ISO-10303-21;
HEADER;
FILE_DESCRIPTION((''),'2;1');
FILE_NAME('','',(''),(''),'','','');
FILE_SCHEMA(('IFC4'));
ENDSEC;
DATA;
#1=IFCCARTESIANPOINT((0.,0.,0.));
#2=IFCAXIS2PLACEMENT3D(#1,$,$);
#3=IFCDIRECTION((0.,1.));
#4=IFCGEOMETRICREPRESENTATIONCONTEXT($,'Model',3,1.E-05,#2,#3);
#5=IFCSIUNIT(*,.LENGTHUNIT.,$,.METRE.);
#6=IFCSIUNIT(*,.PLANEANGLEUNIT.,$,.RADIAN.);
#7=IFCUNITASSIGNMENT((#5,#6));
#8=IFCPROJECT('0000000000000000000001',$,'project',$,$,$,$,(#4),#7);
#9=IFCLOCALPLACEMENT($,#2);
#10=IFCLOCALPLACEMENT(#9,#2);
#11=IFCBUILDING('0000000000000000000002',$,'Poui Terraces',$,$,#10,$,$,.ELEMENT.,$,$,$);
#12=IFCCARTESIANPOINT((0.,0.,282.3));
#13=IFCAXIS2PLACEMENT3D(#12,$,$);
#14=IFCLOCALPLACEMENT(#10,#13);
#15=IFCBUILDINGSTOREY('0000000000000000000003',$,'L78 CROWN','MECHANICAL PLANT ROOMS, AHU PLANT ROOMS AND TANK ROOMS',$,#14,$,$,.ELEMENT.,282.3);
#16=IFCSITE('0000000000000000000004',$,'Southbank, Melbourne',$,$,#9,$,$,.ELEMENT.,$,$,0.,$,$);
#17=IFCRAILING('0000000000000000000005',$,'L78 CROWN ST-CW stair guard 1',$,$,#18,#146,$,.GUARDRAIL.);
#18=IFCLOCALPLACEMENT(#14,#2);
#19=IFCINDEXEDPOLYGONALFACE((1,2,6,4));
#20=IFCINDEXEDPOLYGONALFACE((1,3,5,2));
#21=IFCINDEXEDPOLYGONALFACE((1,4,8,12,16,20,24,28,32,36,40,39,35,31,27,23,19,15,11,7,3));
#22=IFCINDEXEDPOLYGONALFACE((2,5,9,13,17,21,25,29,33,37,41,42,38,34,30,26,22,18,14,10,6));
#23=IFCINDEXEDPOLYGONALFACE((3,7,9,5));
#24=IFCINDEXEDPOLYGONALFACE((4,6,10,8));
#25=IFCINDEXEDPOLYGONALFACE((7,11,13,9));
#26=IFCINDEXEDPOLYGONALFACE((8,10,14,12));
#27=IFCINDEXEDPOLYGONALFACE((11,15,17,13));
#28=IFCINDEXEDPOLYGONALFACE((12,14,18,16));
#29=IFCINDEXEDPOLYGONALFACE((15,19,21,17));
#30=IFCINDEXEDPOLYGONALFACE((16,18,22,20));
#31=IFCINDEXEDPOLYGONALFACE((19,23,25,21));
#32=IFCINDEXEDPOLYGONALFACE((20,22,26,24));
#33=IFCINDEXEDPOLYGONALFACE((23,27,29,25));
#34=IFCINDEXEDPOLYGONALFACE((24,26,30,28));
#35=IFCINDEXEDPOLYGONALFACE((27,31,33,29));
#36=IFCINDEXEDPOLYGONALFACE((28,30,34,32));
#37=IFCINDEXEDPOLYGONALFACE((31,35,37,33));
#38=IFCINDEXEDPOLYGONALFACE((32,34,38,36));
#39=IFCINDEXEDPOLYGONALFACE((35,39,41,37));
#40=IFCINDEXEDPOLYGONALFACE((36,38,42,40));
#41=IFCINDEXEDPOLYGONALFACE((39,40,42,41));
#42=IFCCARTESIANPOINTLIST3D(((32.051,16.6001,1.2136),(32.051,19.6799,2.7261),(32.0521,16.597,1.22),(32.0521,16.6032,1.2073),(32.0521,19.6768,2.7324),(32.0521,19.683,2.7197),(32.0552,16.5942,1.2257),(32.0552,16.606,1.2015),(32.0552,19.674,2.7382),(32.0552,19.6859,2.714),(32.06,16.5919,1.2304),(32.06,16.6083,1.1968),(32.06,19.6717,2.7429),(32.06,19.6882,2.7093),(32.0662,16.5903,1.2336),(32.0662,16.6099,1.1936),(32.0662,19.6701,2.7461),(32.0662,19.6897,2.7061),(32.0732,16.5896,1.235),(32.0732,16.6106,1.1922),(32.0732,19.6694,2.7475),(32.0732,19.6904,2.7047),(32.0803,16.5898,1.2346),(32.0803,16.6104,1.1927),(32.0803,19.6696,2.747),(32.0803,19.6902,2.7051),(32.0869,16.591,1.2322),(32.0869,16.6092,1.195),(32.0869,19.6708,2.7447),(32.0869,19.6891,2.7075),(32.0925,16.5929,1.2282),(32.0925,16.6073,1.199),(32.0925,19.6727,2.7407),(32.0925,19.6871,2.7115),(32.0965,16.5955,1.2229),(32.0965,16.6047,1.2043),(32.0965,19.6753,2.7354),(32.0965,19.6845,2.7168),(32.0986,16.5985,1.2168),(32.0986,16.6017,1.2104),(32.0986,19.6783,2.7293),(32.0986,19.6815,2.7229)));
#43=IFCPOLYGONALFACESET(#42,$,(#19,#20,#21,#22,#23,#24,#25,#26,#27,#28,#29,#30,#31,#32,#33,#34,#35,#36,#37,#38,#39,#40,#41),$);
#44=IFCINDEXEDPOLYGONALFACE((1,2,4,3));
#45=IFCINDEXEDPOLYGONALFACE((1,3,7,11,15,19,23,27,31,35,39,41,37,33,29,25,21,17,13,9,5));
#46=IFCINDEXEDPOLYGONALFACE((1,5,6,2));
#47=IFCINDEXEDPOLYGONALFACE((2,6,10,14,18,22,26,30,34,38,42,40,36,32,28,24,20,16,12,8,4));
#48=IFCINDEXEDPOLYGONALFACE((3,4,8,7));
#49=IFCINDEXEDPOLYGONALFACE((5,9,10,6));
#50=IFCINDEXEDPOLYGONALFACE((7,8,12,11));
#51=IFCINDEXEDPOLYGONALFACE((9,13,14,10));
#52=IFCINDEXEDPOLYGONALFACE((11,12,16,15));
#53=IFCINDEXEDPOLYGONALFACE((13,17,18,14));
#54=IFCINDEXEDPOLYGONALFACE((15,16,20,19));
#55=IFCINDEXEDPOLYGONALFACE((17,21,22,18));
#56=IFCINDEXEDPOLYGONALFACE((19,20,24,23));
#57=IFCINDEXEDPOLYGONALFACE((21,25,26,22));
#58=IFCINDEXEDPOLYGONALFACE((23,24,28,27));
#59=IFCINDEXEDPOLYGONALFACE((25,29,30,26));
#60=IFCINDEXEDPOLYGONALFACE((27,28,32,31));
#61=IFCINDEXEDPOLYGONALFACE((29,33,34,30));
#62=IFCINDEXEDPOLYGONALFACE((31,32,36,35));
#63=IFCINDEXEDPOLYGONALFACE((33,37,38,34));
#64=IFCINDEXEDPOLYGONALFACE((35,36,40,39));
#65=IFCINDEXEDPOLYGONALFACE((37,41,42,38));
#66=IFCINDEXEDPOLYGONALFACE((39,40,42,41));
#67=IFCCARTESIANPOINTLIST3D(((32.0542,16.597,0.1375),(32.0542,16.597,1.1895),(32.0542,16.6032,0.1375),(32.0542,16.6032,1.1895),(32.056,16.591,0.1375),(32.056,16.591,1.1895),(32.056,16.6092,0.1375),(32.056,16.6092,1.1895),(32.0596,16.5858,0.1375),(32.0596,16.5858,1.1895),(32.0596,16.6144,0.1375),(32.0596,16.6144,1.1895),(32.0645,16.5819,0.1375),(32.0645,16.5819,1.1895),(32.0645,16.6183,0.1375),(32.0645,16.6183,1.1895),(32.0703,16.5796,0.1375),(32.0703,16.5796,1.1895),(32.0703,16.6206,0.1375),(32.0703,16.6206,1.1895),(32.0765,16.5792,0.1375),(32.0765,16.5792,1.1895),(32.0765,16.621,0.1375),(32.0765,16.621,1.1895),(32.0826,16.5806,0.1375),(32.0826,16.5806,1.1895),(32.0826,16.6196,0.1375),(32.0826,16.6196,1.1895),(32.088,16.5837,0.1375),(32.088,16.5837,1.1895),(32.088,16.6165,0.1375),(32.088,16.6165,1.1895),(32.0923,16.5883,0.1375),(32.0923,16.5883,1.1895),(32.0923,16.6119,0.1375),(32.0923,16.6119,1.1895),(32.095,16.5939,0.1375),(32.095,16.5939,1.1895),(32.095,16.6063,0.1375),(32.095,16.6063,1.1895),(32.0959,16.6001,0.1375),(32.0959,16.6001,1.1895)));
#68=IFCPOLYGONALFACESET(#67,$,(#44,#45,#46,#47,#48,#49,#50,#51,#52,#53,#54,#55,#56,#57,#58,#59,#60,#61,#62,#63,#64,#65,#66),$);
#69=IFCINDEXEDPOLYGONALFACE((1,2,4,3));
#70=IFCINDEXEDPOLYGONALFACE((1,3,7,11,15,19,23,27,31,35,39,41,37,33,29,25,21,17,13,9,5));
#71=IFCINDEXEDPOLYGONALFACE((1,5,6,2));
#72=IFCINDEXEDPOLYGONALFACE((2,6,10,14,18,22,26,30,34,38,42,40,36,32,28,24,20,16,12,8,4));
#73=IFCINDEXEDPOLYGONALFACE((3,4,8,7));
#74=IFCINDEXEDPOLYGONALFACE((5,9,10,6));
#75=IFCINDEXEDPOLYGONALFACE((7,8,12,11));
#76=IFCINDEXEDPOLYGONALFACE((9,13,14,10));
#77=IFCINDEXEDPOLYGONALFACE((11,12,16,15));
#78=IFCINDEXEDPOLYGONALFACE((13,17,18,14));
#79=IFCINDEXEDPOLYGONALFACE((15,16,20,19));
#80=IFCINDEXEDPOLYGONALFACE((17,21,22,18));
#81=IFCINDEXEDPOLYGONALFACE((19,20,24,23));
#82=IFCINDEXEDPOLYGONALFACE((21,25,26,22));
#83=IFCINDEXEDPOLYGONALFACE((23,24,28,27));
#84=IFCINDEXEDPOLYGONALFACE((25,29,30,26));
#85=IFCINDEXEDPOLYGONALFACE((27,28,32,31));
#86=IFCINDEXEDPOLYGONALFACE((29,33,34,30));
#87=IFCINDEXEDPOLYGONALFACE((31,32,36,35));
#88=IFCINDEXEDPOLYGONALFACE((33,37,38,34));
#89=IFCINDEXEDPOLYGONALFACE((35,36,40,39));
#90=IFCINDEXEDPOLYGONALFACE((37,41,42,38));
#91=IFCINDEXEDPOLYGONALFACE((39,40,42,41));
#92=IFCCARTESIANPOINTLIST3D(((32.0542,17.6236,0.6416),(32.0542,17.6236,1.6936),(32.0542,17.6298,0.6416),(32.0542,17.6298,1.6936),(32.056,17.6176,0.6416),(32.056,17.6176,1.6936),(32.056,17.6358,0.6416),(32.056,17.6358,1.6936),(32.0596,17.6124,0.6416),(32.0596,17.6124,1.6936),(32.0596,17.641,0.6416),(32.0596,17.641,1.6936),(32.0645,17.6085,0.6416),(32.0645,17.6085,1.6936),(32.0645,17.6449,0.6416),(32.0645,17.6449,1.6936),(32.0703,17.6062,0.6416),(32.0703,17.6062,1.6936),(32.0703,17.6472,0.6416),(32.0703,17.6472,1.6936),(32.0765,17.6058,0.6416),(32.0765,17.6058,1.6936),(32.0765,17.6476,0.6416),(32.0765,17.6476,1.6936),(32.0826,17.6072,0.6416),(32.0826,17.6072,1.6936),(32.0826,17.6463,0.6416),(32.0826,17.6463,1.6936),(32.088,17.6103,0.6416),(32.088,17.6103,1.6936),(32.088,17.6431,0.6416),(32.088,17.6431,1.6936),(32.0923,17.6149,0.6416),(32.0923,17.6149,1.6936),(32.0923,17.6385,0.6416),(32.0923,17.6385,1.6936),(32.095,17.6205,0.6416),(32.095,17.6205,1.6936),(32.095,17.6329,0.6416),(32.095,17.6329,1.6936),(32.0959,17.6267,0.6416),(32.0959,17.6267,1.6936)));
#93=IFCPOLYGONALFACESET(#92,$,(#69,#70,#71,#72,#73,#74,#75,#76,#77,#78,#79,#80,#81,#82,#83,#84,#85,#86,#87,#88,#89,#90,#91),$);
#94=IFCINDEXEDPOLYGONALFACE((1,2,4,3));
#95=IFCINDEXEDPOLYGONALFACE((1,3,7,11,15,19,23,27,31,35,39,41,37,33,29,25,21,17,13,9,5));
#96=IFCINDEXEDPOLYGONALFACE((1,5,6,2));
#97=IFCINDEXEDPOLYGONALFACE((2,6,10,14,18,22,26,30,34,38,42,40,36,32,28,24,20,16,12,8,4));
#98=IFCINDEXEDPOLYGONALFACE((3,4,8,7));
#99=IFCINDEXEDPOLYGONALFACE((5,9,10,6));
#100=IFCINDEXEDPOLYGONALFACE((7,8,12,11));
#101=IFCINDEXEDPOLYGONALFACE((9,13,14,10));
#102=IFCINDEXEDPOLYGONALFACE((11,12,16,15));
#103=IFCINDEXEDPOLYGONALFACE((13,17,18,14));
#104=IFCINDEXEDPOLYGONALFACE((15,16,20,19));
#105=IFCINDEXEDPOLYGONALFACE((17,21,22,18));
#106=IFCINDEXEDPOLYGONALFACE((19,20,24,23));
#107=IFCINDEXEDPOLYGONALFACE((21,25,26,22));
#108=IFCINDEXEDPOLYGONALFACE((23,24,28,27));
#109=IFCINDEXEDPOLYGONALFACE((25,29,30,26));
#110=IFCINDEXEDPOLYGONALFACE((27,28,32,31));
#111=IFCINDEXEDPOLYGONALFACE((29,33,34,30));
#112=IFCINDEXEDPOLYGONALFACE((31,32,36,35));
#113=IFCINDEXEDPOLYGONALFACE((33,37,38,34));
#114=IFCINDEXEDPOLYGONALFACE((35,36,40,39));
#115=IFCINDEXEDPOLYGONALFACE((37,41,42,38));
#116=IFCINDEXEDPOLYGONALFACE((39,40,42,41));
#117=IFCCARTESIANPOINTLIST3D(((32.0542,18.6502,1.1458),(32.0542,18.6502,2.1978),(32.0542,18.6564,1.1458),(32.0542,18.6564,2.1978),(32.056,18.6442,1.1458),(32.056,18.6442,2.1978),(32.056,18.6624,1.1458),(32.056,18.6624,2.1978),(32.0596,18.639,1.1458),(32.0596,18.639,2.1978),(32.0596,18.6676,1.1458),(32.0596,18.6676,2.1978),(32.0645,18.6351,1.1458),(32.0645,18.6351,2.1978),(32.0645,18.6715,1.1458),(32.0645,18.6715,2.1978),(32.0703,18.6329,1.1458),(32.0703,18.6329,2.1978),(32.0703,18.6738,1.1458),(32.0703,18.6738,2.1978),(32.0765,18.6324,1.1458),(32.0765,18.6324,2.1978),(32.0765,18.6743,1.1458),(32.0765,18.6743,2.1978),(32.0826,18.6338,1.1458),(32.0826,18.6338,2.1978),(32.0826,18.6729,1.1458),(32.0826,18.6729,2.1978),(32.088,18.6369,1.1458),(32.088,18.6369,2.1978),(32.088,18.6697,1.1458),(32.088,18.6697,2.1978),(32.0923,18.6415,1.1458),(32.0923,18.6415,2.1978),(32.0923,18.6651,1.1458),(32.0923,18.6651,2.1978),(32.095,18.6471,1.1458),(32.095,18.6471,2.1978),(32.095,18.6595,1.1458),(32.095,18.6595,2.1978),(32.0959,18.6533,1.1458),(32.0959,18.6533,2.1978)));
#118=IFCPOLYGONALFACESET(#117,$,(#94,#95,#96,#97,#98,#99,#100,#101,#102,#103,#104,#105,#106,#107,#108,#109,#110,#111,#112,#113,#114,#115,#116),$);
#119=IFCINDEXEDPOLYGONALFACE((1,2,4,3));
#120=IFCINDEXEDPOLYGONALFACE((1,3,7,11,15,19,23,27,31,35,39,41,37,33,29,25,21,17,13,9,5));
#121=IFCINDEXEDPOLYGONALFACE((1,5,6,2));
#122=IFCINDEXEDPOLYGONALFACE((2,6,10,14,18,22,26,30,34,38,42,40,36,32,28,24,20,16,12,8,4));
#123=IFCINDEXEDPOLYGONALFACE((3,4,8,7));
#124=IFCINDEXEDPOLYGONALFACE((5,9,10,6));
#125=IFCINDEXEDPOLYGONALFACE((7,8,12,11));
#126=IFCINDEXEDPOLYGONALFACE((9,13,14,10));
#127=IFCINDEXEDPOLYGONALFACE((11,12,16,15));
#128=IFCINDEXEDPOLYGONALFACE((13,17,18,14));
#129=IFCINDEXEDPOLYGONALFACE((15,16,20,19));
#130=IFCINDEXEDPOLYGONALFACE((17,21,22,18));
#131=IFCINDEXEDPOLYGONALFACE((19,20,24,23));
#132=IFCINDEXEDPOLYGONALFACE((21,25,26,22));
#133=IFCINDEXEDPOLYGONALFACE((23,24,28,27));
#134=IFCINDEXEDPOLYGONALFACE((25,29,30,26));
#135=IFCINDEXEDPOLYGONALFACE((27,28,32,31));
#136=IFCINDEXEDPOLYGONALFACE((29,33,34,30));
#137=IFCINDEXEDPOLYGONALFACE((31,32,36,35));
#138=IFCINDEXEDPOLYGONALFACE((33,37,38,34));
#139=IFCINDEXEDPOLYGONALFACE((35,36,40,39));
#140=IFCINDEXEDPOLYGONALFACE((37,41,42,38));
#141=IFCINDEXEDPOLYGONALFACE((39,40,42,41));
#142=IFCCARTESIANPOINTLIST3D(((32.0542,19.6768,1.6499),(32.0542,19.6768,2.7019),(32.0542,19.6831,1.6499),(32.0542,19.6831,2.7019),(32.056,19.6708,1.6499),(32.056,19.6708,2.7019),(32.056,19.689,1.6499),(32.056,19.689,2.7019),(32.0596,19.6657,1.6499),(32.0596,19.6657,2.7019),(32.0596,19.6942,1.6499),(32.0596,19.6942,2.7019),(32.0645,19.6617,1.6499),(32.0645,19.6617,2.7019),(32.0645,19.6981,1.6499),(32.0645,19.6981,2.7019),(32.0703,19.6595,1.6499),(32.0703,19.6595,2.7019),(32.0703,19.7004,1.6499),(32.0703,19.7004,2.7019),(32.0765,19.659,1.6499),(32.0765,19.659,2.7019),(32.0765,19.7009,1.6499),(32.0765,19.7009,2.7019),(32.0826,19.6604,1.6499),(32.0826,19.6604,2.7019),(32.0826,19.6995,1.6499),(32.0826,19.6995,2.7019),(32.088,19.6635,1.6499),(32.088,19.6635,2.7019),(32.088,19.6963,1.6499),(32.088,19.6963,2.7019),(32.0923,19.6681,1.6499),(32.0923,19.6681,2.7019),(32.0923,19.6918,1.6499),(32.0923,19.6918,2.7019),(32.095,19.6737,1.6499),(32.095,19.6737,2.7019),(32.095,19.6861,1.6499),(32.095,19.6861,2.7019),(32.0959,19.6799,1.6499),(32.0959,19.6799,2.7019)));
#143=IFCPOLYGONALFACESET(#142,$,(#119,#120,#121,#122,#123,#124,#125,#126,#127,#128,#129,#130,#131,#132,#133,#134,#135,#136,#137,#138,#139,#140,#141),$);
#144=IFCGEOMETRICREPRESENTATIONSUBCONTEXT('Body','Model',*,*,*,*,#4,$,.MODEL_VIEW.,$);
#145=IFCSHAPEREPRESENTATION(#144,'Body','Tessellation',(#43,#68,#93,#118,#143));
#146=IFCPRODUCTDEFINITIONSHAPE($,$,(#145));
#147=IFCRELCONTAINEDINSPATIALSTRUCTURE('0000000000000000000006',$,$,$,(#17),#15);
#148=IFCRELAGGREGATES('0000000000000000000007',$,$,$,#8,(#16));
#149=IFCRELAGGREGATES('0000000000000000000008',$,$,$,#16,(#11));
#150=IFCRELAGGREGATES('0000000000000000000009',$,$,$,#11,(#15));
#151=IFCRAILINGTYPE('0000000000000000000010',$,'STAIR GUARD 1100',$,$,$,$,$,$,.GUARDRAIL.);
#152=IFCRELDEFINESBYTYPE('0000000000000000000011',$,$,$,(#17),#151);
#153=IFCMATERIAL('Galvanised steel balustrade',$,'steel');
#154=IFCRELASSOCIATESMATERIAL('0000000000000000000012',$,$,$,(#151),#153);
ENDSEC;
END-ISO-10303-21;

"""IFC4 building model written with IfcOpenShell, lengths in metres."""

from ifc_helpers import new_model, si_unit, direction, frame, origin, origin_2d, place, context, subcontext, project, spatial, circle, extrude, material, type_object, element, save


model = new_model("IFC4")

# Units and contexts
model_context = context("Model", 3, precision=1e-05, world=origin(), true_north=direction((0.0, 1.0)))
body_context = subcontext(model_context, "Body", "Model", "MODEL_VIEW")
ifc_project = project(units=[si_unit("LENGTHUNIT", "METRE"), si_unit("PLANEANGLEUNIT", "RADIAN")], contexts=[model_context])

# Site, building, storey
site_placement = place(None, origin())
site = spatial("IfcSite", under=ifc_project, at=site_placement, Name="Southbank, Melbourne", CompositionType="ELEMENT", RefElevation=0.0)
building_placement = place(site_placement, origin())
building = spatial("IfcBuilding", under=site, at=building_placement, Name="Poui Terraces", CompositionType="ELEMENT")
storey_placement = place(building_placement, frame((0.0, 0.0, 282.3)))
storey = spatial("IfcBuildingStorey", under=building, at=storey_placement, Name="L78 CROWN", Description="MECHANICAL PLANT ROOMS, AHU PLANT ROOMS AND TANK ROOMS", CompositionType="ELEMENT", Elevation=282.3)

# Railing
ifc_material_1 = material(Name="Galvanised steel balustrade", Category="steel")
railing_type_1 = type_object("IfcRailingType", Name="STAIR GUARD 1100", PredefinedType="GUARDRAIL", material=ifc_material_1)
railing_1_placement = place(storey_placement, frame((32.075, 16.6001, 0.1375)))
element("IfcRailing", 1, at=railing_1_placement, inside=storey, type_object=railing_type_1, Name="L78 CROWN ST-CW stair guard 1", PredefinedType="GUARDRAIL", context=body_context, shape_type="SweptSolid", body=[
    extrude(circle(Radius=0.0239, at=origin_2d()), frame((0.0, 0.0, 1.0762), z_axis=(0.0, 0.897606, 0.440798), x_axis=(-1.0, 0.0, 0.0)), (0.0, 0.0, 1.0), 3.4312),
    extrude(circle(Radius=0.021, at=origin_2d()), origin(), (0.0, 0.0, 1.0), 1.052),
    extrude(circle(Radius=0.021, at=origin_2d()), frame((0.0, 1.0266, 0.5042)), (0.0, 0.0, 1.0), 1.052),
    extrude(circle(Radius=0.021, at=origin_2d()), frame((0.0, 2.0532, 1.0083)), (0.0, 0.0, 1.0), 1.052),
    extrude(circle(Radius=0.021, at=origin_2d()), frame((0.0, 3.0798, 1.5125)), (0.0, 0.0, 1.0), 1.052),
])

save(model, "model.ifc")
